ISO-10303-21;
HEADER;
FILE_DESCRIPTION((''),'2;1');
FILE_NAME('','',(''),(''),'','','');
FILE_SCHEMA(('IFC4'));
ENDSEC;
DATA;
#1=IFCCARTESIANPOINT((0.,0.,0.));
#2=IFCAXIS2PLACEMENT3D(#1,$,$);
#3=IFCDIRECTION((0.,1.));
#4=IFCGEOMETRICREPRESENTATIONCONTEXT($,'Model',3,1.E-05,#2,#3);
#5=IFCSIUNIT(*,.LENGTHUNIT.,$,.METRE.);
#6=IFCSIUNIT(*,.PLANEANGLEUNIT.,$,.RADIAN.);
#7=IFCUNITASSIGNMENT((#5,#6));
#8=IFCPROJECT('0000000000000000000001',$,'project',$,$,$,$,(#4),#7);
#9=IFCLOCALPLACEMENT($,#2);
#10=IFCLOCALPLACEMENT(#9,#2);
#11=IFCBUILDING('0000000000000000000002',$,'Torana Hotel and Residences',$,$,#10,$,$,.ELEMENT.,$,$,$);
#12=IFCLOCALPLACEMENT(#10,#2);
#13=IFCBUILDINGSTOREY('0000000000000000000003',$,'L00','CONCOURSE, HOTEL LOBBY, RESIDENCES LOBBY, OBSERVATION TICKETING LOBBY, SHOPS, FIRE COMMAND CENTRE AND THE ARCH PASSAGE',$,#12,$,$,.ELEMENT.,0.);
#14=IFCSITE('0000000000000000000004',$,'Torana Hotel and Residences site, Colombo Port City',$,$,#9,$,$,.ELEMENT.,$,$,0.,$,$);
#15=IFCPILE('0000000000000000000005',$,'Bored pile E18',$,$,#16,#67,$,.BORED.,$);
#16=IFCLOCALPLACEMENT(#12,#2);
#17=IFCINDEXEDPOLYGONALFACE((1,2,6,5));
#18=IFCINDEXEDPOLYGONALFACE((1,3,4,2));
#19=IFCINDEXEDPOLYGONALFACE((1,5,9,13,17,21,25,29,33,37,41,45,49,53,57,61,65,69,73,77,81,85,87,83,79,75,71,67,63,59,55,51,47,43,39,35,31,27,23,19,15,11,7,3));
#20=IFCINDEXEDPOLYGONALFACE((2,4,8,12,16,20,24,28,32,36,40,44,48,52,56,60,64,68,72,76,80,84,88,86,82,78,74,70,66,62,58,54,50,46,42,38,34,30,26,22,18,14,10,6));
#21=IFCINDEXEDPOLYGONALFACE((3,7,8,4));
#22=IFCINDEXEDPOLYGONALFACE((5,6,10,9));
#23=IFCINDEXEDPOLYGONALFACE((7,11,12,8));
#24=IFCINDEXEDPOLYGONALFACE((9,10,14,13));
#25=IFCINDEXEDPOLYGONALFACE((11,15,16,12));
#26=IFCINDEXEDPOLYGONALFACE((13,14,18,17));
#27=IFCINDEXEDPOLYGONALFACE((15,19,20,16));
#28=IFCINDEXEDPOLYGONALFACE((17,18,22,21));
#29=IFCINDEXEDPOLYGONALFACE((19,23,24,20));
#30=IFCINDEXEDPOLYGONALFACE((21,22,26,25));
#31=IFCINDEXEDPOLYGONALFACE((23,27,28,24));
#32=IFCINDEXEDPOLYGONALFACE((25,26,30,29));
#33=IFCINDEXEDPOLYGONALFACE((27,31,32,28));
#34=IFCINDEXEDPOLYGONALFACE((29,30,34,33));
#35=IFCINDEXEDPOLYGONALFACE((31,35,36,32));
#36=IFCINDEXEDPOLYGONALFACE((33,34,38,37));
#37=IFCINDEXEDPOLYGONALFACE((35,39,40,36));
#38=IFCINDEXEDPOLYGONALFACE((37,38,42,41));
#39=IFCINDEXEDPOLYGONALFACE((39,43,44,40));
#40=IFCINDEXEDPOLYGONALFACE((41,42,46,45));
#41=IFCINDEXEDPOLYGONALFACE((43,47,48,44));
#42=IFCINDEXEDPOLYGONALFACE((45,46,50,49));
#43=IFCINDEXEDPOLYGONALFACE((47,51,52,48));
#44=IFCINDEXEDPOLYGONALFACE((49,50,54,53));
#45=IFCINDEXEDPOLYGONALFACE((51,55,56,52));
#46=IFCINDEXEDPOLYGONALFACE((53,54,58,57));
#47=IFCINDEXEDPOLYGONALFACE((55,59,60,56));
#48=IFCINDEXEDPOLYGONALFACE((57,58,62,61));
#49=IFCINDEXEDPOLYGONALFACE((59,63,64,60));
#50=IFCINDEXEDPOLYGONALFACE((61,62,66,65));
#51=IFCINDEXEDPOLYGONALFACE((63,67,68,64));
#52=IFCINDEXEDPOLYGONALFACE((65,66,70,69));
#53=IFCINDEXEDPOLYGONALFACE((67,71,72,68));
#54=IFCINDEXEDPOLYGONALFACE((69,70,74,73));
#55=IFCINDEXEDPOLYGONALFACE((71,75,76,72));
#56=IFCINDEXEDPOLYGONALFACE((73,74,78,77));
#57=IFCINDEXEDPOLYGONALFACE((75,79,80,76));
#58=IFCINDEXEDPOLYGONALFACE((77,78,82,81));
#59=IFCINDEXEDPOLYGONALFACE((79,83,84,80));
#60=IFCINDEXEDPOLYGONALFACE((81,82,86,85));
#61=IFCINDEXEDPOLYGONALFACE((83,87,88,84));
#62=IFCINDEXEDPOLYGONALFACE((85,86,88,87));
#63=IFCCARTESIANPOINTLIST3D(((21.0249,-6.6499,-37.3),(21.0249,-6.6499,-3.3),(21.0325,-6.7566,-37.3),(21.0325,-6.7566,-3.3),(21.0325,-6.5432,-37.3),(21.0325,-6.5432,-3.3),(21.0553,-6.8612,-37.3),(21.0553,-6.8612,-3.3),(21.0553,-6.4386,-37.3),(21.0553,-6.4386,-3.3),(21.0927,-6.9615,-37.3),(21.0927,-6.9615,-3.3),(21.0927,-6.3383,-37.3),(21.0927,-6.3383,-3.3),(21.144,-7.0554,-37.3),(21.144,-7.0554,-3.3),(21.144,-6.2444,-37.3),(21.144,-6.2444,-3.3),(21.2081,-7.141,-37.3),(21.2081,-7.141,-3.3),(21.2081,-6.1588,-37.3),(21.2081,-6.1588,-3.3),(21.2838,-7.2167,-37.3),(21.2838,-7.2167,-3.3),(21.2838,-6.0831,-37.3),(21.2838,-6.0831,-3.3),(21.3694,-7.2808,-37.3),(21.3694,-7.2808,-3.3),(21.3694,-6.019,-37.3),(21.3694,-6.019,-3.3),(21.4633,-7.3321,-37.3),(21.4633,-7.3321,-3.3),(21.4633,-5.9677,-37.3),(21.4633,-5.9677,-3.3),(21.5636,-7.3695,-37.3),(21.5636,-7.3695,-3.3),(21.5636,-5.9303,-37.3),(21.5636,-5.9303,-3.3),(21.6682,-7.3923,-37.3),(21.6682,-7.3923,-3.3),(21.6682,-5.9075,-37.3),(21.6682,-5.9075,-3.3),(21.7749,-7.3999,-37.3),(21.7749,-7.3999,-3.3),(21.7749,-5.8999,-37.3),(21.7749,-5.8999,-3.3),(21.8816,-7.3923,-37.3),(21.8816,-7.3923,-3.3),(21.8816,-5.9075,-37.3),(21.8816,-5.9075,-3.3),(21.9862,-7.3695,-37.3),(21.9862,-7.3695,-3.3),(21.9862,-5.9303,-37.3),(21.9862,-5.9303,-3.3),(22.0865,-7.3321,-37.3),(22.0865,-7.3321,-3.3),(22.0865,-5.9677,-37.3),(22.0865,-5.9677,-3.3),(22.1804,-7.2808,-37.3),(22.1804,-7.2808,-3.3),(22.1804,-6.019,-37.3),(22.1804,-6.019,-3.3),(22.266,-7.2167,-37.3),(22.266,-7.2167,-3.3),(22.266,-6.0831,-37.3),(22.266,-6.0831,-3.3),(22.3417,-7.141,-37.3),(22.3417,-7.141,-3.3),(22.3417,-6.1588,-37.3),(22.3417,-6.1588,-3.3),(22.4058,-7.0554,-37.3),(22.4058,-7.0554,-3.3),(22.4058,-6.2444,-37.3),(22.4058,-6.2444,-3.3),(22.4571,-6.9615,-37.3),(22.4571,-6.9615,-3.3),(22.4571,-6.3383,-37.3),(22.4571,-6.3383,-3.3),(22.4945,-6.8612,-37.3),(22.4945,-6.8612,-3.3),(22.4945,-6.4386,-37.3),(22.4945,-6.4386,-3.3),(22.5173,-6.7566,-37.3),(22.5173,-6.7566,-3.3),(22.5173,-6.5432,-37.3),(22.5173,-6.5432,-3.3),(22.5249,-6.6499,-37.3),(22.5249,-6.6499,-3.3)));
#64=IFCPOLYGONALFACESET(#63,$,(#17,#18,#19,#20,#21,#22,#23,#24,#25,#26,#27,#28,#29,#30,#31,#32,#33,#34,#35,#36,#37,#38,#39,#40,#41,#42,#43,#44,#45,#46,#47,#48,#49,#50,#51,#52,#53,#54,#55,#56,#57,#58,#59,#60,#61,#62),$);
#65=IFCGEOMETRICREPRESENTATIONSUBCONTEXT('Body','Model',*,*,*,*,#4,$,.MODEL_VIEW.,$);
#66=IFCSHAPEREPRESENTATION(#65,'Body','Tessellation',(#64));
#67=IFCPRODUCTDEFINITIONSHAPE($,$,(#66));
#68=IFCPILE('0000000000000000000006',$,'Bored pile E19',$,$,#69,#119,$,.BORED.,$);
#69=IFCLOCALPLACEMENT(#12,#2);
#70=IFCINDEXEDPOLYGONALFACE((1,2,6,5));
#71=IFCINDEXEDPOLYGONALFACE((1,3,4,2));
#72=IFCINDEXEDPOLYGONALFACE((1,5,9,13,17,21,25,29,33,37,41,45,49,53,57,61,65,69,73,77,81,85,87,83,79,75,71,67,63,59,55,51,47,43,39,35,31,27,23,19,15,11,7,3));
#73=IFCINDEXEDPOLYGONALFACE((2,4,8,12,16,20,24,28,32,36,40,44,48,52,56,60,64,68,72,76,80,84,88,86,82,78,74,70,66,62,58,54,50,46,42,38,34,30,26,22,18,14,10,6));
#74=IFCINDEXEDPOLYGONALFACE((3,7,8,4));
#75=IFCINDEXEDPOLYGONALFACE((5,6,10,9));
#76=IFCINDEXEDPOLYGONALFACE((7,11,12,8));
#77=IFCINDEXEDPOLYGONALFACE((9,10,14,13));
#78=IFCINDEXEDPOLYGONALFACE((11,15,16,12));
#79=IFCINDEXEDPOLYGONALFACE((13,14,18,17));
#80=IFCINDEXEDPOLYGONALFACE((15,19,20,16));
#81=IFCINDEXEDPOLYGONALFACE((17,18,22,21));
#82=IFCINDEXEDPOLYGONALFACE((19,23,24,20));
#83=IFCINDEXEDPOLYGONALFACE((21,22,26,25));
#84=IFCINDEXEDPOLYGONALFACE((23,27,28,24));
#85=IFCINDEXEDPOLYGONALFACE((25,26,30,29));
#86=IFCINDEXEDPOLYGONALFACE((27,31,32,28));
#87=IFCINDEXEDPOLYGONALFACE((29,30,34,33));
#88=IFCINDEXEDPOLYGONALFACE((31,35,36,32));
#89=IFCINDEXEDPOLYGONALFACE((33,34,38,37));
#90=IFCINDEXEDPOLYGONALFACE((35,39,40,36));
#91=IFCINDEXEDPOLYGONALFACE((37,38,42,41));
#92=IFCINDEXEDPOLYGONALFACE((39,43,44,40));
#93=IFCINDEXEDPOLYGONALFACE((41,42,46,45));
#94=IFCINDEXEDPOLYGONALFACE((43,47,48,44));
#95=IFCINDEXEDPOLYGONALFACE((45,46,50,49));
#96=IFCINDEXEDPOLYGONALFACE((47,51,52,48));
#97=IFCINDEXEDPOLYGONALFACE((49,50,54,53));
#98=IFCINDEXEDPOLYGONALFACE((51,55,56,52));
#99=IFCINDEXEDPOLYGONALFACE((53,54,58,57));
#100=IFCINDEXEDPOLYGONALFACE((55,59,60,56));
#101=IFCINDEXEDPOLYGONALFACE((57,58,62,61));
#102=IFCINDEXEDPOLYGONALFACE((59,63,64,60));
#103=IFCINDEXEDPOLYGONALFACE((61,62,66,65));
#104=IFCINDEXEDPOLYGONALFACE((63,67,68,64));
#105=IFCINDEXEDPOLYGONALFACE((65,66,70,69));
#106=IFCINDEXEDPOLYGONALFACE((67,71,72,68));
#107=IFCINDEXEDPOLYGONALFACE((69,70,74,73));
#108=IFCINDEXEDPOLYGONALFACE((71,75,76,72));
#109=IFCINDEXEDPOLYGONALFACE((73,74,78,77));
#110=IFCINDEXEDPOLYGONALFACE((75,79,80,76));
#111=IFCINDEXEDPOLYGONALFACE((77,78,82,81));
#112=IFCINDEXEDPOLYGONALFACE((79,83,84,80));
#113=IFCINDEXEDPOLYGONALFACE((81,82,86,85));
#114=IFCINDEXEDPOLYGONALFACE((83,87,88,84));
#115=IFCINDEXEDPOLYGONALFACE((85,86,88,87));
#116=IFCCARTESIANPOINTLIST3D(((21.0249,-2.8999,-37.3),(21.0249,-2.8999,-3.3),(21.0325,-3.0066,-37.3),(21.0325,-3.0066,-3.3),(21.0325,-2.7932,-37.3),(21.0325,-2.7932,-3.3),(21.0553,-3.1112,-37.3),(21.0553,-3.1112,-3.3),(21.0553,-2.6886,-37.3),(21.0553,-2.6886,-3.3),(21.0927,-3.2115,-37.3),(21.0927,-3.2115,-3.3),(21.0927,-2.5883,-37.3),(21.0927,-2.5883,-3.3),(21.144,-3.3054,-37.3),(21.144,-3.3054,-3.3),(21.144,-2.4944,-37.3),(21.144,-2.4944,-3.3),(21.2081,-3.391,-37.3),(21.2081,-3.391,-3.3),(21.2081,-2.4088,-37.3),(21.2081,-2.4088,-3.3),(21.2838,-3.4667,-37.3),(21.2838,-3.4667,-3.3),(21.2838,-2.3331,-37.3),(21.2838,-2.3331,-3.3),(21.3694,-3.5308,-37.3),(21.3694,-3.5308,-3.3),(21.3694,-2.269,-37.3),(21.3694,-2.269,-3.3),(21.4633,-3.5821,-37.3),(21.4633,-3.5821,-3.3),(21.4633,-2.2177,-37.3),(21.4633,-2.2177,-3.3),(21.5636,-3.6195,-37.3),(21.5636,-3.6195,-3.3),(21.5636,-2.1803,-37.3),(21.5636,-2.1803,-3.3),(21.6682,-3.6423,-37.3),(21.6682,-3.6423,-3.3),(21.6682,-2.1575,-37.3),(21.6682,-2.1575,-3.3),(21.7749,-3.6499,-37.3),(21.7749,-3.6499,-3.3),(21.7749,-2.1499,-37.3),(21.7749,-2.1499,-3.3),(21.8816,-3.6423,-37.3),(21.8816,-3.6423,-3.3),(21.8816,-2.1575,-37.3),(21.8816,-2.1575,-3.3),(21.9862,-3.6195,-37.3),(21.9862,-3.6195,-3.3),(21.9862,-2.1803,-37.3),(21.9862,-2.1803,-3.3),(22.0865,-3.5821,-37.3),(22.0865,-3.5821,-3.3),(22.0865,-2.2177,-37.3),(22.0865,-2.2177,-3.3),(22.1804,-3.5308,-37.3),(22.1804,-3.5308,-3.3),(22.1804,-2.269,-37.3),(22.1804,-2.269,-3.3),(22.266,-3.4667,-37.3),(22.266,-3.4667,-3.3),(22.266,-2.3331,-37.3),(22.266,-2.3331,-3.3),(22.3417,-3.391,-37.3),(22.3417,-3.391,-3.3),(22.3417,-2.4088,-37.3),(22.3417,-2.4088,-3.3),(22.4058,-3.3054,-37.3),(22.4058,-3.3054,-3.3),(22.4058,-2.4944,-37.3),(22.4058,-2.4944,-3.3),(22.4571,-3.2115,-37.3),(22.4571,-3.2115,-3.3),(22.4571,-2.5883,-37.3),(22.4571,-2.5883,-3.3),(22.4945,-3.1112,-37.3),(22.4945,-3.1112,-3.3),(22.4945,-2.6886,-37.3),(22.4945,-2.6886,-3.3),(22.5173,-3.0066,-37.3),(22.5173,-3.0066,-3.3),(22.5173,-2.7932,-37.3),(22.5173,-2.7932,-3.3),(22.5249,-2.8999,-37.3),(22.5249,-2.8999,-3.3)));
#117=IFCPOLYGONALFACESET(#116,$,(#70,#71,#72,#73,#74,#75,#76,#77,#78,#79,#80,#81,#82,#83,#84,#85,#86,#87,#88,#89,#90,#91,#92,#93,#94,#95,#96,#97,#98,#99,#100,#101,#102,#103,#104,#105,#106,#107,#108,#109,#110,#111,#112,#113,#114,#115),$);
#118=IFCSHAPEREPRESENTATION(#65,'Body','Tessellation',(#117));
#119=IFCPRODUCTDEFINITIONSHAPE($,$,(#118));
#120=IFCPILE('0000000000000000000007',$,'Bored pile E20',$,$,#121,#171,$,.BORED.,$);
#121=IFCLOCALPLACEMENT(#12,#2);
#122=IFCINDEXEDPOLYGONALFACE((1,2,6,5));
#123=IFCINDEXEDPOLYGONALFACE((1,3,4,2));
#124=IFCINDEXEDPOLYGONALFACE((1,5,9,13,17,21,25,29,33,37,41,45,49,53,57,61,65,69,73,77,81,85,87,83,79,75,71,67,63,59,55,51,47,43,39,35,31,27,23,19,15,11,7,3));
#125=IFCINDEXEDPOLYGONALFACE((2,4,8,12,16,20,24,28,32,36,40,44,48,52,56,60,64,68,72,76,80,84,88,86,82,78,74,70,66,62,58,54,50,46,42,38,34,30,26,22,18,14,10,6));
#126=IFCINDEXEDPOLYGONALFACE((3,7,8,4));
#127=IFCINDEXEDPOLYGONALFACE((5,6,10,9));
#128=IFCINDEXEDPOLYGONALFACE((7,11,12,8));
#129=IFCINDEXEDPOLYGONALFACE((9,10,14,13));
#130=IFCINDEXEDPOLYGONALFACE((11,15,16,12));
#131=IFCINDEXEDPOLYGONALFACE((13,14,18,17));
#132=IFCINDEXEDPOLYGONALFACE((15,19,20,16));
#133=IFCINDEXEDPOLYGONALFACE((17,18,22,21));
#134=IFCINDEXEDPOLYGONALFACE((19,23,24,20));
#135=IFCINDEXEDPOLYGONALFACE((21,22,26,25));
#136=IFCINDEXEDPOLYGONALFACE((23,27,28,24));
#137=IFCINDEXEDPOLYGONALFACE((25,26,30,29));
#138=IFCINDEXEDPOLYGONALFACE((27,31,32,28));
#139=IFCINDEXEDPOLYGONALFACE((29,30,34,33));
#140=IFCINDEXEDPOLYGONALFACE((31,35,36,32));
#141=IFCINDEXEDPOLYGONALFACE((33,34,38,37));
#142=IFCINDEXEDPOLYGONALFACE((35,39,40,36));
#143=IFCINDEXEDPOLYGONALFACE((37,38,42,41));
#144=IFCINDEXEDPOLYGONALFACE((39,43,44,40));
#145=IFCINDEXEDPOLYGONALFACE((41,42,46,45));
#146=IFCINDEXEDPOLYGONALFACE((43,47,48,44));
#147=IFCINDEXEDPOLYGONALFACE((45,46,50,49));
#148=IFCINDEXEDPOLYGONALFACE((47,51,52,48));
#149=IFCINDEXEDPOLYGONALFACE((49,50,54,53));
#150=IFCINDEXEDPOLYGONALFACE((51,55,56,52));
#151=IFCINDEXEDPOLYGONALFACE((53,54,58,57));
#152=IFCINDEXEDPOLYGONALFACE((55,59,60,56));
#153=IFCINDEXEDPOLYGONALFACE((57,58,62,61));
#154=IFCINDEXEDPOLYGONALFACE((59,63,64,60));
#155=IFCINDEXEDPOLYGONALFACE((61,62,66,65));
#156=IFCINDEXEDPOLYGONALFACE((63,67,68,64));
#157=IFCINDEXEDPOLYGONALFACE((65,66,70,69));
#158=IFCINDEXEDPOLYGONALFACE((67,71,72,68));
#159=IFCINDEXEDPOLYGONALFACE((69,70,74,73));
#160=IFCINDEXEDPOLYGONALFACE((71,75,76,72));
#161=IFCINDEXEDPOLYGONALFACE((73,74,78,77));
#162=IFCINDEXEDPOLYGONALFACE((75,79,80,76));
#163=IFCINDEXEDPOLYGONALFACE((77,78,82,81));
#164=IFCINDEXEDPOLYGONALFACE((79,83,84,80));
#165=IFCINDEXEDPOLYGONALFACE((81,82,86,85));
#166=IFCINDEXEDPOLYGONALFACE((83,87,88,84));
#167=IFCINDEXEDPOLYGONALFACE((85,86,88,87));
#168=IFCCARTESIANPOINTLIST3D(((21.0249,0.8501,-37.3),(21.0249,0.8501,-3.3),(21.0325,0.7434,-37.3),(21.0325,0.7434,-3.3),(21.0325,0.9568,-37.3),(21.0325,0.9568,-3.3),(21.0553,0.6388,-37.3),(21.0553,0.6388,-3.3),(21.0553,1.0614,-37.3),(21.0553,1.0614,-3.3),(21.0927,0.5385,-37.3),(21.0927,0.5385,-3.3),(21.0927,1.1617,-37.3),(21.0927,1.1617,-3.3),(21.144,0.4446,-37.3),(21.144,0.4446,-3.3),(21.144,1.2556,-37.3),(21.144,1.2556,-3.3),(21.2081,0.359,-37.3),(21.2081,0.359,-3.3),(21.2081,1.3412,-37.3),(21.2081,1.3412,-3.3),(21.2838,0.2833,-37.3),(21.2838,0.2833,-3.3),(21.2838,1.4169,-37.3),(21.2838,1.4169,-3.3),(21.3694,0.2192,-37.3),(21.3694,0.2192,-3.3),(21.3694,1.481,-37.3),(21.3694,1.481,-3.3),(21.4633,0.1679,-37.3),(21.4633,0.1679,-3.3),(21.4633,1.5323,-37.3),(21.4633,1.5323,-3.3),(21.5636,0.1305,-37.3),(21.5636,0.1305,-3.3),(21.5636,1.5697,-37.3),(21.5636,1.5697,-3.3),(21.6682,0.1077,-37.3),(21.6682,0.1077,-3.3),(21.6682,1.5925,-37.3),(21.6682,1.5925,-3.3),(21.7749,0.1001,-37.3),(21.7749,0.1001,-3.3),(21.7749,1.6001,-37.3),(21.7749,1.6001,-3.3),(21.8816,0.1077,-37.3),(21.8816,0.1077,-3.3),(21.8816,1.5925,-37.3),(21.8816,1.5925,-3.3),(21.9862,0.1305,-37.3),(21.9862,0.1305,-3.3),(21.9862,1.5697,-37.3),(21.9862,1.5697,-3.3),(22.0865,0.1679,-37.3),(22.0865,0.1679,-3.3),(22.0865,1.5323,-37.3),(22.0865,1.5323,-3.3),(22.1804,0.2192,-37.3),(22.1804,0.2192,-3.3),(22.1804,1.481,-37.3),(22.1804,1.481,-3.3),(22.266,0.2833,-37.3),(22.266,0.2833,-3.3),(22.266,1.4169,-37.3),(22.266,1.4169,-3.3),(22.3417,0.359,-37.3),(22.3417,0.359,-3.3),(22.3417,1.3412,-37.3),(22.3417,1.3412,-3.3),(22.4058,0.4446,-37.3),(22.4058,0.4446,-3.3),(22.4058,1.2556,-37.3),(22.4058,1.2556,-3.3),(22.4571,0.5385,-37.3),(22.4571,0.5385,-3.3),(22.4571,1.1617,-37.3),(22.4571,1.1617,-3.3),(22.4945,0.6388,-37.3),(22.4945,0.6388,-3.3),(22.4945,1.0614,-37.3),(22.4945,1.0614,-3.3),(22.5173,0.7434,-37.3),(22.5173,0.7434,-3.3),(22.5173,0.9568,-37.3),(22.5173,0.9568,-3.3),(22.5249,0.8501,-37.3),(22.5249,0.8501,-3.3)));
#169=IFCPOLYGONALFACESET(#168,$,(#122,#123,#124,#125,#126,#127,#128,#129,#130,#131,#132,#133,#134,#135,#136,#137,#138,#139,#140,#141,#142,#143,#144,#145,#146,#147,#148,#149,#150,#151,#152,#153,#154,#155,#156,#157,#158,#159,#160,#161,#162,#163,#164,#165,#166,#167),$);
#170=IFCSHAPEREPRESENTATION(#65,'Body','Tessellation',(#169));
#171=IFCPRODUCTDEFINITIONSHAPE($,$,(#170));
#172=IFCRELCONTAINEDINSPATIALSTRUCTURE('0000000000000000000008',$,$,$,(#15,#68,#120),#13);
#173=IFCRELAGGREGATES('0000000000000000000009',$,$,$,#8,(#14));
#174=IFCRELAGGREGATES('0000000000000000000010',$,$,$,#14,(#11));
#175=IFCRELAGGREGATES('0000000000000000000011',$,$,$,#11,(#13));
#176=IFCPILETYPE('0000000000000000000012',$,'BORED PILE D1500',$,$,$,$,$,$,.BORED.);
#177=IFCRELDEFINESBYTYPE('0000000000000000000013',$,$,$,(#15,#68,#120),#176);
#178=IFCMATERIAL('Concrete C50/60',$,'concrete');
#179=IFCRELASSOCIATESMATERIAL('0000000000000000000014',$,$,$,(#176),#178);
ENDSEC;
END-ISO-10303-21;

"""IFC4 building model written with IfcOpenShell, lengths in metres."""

from ifc_helpers import new_model, si_unit, direction, frame, origin, origin_2d, place, context, subcontext, project, spatial, circle, extrude, material, type_object, element, save


model = new_model("IFC4")

# Units and contexts
model_context = context("Model", 3, precision=1e-05, world=origin(), true_north=direction((0.0, 1.0)))
body_context = subcontext(model_context, "Body", "Model", "MODEL_VIEW")
ifc_project = project(units=[si_unit("LENGTHUNIT", "METRE"), si_unit("PLANEANGLEUNIT", "RADIAN")], contexts=[model_context])

# Site, building, storey
site_placement = place(None, origin())
site = spatial("IfcSite", under=ifc_project, at=site_placement, Name="Torana Hotel and Residences site, Colombo Port City", CompositionType="ELEMENT", RefElevation=0.0)
building_placement = place(site_placement, origin())
building = spatial("IfcBuilding", under=site, at=building_placement, Name="Torana Hotel and Residences", CompositionType="ELEMENT")
storey_placement = place(building_placement, origin())
storey = spatial("IfcBuildingStorey", under=building, at=storey_placement, Name="L00", Description="CONCOURSE, HOTEL LOBBY, RESIDENCES LOBBY, OBSERVATION TICKETING LOBBY, SHOPS, FIRE COMMAND CENTRE AND THE ARCH PASSAGE", CompositionType="ELEMENT", Elevation=0.0)

# Piles
ifc_material_1 = material(Name="Concrete C50/60", Category="concrete")
pile_type = type_object("IfcPileType", Name="BORED PILE D1500", PredefinedType="BORED", material=ifc_material_1)
for number, where, z_axis, x_axis, name in (
    (1, (21.7749, -6.6499, -3.3), (0.0, 0.0, -1.0), (1.0, 0.0, 0.0), "Bored pile E18"),
    (2, (21.7749, -2.8999, -3.3), (0.0, 0.0, -1.0), (1.0, 0.0, 0.0), "Bored pile E19"),
    (3, (21.7749, 0.8501, -3.3), (0.0, 0.0, -1.0), (1.0, 0.0, 0.0), "Bored pile E20"),
):
    element("IfcPile", number, at=place(storey_placement, frame(where, z_axis=z_axis, x_axis=x_axis)), inside=storey, type_object=pile_type, Name=name, PredefinedType="BORED", context=body_context, shape_type="SweptSolid", body=[
        extrude(circle(Radius=0.75, at=origin_2d()), origin(), (0.0, 0.0, 1.0), 34.0),
    ])

save(model, "model.ifc")
